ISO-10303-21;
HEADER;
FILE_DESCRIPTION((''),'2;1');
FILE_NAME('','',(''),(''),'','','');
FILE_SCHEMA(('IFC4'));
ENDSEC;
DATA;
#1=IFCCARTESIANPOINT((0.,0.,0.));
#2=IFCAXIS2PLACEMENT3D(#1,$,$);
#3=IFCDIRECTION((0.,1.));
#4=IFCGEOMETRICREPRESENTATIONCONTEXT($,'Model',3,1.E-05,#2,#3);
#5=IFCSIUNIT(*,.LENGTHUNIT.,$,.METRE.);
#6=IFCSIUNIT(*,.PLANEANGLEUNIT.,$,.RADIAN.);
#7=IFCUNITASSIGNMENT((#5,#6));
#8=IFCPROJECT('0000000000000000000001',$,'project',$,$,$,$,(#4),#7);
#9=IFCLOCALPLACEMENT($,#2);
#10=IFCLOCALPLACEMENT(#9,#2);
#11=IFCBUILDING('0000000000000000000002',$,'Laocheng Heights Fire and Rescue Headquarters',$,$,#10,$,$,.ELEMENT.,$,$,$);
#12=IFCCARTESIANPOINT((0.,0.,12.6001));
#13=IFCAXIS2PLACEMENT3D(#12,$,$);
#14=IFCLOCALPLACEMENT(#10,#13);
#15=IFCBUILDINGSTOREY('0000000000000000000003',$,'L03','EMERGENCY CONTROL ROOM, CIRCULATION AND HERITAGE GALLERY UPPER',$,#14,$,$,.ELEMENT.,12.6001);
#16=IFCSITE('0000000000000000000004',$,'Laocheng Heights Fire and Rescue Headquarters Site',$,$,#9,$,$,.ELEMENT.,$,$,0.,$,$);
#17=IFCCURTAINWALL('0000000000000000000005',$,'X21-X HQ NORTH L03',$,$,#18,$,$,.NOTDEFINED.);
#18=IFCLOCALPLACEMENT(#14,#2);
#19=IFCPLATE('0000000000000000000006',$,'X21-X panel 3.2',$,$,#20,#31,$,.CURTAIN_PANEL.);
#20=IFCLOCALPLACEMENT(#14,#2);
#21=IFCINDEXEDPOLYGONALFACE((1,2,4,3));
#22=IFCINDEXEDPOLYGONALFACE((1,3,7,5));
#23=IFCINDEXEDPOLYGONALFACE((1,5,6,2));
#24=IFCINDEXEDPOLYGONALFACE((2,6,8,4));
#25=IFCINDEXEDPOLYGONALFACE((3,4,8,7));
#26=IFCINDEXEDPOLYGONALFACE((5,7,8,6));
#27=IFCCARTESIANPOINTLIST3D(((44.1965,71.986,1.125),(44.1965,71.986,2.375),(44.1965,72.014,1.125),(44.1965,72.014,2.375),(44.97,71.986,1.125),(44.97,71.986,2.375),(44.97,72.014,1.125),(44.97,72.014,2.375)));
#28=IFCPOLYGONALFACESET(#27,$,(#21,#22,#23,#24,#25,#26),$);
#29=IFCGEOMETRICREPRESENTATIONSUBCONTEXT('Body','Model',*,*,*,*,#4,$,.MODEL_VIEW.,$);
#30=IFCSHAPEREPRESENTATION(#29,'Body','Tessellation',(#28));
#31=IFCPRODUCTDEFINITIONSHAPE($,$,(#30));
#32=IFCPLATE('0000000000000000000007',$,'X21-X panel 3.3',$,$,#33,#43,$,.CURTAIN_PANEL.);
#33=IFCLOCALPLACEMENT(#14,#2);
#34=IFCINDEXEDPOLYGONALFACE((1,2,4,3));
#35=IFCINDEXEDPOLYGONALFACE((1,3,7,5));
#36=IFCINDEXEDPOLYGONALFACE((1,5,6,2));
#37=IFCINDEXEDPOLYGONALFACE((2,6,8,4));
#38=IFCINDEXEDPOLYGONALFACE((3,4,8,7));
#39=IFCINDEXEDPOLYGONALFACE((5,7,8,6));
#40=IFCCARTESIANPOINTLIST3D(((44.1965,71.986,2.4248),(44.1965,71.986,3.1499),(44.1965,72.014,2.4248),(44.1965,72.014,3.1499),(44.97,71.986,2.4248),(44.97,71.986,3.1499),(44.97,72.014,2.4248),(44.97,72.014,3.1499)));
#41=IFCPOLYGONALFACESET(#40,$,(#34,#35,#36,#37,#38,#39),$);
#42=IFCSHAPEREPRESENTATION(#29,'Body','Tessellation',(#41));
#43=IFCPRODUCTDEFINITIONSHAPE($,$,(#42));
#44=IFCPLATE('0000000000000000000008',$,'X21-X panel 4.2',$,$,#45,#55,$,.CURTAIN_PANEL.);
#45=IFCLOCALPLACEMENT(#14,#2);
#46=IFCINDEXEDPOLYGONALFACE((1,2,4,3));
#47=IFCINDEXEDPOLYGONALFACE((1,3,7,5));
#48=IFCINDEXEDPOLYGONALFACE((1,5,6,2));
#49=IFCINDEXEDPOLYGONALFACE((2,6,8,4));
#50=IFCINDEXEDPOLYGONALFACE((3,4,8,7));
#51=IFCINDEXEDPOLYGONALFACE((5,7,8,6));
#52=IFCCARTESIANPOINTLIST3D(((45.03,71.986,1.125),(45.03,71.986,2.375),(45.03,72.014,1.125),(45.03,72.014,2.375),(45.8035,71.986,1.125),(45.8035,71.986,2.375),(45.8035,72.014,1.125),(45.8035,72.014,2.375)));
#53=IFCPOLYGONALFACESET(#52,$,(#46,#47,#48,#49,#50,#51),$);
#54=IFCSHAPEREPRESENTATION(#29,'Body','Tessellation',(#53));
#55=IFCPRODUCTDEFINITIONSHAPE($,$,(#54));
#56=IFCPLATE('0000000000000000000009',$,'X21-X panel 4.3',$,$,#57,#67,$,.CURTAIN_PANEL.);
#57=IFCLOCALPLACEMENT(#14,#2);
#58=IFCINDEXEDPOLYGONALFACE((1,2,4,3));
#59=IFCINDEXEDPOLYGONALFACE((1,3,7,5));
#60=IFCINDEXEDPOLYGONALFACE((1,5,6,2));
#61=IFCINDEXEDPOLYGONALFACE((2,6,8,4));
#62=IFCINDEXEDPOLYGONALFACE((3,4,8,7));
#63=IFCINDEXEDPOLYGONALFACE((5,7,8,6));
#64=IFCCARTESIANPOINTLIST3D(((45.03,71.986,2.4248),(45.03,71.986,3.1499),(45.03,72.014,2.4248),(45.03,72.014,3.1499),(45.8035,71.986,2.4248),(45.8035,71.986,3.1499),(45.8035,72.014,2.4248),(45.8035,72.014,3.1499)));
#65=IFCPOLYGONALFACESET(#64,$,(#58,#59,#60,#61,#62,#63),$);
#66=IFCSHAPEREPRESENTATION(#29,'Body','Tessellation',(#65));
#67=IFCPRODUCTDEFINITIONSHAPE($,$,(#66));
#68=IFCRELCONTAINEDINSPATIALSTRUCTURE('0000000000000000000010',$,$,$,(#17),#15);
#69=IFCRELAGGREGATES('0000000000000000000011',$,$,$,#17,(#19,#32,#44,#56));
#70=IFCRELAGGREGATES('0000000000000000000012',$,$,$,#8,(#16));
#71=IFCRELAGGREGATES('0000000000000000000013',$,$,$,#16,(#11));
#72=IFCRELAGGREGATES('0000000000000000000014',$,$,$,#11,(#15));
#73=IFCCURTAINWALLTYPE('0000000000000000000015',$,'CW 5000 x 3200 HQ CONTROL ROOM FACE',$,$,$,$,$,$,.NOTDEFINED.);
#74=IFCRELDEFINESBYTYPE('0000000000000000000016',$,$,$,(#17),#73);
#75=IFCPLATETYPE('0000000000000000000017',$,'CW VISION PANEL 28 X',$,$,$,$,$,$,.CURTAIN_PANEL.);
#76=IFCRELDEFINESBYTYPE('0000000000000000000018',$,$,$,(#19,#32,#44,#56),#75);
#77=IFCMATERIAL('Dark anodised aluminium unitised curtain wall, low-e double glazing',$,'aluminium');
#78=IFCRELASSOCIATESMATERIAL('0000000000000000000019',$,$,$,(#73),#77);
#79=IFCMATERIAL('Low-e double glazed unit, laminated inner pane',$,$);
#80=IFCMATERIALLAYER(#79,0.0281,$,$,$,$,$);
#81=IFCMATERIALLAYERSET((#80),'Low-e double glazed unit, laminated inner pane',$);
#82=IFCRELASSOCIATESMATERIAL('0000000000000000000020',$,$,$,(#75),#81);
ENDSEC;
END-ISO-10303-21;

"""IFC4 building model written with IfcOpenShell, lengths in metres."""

from ifc_helpers import new_model, si_unit, direction, frame, origin, origin_2d, place, context, subcontext, project, spatial, rectangle, extrude, material, layer, layer_set, type_object, element, aggregate, save


model = new_model("IFC4")

# Units and contexts
model_context = context("Model", 3, precision=1e-05, world=origin(), true_north=direction((0.0, 1.0)))
body_context = subcontext(model_context, "Body", "Model", "MODEL_VIEW")
ifc_project = project(units=[si_unit("LENGTHUNIT", "METRE"), si_unit("PLANEANGLEUNIT", "RADIAN")], contexts=[model_context])

# Site, building, storey
site_placement = place(None, origin())
site = spatial("IfcSite", under=ifc_project, at=site_placement, Name="Laocheng Heights Fire and Rescue Headquarters Site", CompositionType="ELEMENT", RefElevation=0.0)
building_placement = place(site_placement, origin())
building = spatial("IfcBuilding", under=site, at=building_placement, Name="Laocheng Heights Fire and Rescue Headquarters", CompositionType="ELEMENT")
storey_placement = place(building_placement, frame((0.0, 0.0, 12.6001)))
storey = spatial("IfcBuildingStorey", under=building, at=storey_placement, Name="L03", Description="EMERGENCY CONTROL ROOM, CIRCULATION AND HERITAGE GALLERY UPPER", CompositionType="ELEMENT", Elevation=12.6001)

# Curtain wall, plates
ifc_material_1 = material(Name="Dark anodised aluminium unitised curtain wall, low-e double glazing", Category="aluminium")
curtain_wall_type = type_object("IfcCurtainWallType", Name="CW 5000 x 3200 HQ CONTROL ROOM FACE", PredefinedType="NOTDEFINED", material=ifc_material_1)
curtain_wall_placement = place(storey_placement, origin())
curtain_wall = element("IfcCurtainWall", 1, at=curtain_wall_placement, inside=storey, type_object=curtain_wall_type, Name="X21-X HQ NORTH L03", PredefinedType="NOTDEFINED")
ifc_material_2 = material(Name="Low-e double glazed unit, laminated inner pane")
ifc_layer_1 = layer(ifc_material_2, 0.0281)
ifc_layer_set_1 = layer_set([ifc_layer_1], Name="Low-e double glazed unit, laminated inner pane")
plate_type_1 = type_object("IfcPlateType", Name="CW VISION PANEL 28 X", PredefinedType="CURTAIN_PANEL", material=ifc_layer_set_1)
plate_1_placement = place(storey_placement, frame((44.5833, 72.0, 1.125), z_axis=(0.0, 0.0, 1.0), x_axis=(1.0, 0.0, 0.0)))
plate_1 = element("IfcPlate", 2, at=plate_1_placement, type_object=plate_type_1, Name="X21-X panel 3.2", PredefinedType="CURTAIN_PANEL", context=body_context, shape_type="SweptSolid", body=[
    extrude(rectangle(XDim=0.7734, YDim=0.0281, at=origin_2d()), origin(), (0.0, 0.0, 1.0), 1.25),
])
plate_2_placement = place(storey_placement, frame((44.5833, 72.0, 2.4248), z_axis=(0.0, 0.0, 1.0), x_axis=(1.0, 0.0, 0.0)))
plate_2 = element("IfcPlate", 3, at=plate_2_placement, type_object=plate_type_1, Name="X21-X panel 3.3", PredefinedType="CURTAIN_PANEL", context=body_context, shape_type="SweptSolid", body=[
    extrude(rectangle(XDim=0.7734, YDim=0.0281, at=origin_2d()), origin(), (0.0, 0.0, 1.0), 0.7251),
])
plate_3_placement = place(storey_placement, frame((45.4167, 72.0, 1.125), z_axis=(0.0, 0.0, 1.0), x_axis=(1.0, 0.0, 0.0)))
plate_3 = element("IfcPlate", 4, at=plate_3_placement, type_object=plate_type_1, Name="X21-X panel 4.2", PredefinedType="CURTAIN_PANEL", context=body_context, shape_type="SweptSolid", body=[
    extrude(rectangle(XDim=0.7734, YDim=0.0281, at=origin_2d()), origin(), (0.0, 0.0, 1.0), 1.25),
])
plate_4_placement = place(storey_placement, frame((45.4167, 72.0, 2.4248), z_axis=(0.0, 0.0, 1.0), x_axis=(1.0, 0.0, 0.0)))
plate_4 = element("IfcPlate", 5, at=plate_4_placement, type_object=plate_type_1, Name="X21-X panel 4.3", PredefinedType="CURTAIN_PANEL", context=body_context, shape_type="SweptSolid", body=[
    extrude(rectangle(XDim=0.7734, YDim=0.0281, at=origin_2d()), origin(), (0.0, 0.0, 1.0), 0.7251),
])
aggregate(curtain_wall, [plate_1, plate_2, plate_3, plate_4])

save(model, "model.ifc")
